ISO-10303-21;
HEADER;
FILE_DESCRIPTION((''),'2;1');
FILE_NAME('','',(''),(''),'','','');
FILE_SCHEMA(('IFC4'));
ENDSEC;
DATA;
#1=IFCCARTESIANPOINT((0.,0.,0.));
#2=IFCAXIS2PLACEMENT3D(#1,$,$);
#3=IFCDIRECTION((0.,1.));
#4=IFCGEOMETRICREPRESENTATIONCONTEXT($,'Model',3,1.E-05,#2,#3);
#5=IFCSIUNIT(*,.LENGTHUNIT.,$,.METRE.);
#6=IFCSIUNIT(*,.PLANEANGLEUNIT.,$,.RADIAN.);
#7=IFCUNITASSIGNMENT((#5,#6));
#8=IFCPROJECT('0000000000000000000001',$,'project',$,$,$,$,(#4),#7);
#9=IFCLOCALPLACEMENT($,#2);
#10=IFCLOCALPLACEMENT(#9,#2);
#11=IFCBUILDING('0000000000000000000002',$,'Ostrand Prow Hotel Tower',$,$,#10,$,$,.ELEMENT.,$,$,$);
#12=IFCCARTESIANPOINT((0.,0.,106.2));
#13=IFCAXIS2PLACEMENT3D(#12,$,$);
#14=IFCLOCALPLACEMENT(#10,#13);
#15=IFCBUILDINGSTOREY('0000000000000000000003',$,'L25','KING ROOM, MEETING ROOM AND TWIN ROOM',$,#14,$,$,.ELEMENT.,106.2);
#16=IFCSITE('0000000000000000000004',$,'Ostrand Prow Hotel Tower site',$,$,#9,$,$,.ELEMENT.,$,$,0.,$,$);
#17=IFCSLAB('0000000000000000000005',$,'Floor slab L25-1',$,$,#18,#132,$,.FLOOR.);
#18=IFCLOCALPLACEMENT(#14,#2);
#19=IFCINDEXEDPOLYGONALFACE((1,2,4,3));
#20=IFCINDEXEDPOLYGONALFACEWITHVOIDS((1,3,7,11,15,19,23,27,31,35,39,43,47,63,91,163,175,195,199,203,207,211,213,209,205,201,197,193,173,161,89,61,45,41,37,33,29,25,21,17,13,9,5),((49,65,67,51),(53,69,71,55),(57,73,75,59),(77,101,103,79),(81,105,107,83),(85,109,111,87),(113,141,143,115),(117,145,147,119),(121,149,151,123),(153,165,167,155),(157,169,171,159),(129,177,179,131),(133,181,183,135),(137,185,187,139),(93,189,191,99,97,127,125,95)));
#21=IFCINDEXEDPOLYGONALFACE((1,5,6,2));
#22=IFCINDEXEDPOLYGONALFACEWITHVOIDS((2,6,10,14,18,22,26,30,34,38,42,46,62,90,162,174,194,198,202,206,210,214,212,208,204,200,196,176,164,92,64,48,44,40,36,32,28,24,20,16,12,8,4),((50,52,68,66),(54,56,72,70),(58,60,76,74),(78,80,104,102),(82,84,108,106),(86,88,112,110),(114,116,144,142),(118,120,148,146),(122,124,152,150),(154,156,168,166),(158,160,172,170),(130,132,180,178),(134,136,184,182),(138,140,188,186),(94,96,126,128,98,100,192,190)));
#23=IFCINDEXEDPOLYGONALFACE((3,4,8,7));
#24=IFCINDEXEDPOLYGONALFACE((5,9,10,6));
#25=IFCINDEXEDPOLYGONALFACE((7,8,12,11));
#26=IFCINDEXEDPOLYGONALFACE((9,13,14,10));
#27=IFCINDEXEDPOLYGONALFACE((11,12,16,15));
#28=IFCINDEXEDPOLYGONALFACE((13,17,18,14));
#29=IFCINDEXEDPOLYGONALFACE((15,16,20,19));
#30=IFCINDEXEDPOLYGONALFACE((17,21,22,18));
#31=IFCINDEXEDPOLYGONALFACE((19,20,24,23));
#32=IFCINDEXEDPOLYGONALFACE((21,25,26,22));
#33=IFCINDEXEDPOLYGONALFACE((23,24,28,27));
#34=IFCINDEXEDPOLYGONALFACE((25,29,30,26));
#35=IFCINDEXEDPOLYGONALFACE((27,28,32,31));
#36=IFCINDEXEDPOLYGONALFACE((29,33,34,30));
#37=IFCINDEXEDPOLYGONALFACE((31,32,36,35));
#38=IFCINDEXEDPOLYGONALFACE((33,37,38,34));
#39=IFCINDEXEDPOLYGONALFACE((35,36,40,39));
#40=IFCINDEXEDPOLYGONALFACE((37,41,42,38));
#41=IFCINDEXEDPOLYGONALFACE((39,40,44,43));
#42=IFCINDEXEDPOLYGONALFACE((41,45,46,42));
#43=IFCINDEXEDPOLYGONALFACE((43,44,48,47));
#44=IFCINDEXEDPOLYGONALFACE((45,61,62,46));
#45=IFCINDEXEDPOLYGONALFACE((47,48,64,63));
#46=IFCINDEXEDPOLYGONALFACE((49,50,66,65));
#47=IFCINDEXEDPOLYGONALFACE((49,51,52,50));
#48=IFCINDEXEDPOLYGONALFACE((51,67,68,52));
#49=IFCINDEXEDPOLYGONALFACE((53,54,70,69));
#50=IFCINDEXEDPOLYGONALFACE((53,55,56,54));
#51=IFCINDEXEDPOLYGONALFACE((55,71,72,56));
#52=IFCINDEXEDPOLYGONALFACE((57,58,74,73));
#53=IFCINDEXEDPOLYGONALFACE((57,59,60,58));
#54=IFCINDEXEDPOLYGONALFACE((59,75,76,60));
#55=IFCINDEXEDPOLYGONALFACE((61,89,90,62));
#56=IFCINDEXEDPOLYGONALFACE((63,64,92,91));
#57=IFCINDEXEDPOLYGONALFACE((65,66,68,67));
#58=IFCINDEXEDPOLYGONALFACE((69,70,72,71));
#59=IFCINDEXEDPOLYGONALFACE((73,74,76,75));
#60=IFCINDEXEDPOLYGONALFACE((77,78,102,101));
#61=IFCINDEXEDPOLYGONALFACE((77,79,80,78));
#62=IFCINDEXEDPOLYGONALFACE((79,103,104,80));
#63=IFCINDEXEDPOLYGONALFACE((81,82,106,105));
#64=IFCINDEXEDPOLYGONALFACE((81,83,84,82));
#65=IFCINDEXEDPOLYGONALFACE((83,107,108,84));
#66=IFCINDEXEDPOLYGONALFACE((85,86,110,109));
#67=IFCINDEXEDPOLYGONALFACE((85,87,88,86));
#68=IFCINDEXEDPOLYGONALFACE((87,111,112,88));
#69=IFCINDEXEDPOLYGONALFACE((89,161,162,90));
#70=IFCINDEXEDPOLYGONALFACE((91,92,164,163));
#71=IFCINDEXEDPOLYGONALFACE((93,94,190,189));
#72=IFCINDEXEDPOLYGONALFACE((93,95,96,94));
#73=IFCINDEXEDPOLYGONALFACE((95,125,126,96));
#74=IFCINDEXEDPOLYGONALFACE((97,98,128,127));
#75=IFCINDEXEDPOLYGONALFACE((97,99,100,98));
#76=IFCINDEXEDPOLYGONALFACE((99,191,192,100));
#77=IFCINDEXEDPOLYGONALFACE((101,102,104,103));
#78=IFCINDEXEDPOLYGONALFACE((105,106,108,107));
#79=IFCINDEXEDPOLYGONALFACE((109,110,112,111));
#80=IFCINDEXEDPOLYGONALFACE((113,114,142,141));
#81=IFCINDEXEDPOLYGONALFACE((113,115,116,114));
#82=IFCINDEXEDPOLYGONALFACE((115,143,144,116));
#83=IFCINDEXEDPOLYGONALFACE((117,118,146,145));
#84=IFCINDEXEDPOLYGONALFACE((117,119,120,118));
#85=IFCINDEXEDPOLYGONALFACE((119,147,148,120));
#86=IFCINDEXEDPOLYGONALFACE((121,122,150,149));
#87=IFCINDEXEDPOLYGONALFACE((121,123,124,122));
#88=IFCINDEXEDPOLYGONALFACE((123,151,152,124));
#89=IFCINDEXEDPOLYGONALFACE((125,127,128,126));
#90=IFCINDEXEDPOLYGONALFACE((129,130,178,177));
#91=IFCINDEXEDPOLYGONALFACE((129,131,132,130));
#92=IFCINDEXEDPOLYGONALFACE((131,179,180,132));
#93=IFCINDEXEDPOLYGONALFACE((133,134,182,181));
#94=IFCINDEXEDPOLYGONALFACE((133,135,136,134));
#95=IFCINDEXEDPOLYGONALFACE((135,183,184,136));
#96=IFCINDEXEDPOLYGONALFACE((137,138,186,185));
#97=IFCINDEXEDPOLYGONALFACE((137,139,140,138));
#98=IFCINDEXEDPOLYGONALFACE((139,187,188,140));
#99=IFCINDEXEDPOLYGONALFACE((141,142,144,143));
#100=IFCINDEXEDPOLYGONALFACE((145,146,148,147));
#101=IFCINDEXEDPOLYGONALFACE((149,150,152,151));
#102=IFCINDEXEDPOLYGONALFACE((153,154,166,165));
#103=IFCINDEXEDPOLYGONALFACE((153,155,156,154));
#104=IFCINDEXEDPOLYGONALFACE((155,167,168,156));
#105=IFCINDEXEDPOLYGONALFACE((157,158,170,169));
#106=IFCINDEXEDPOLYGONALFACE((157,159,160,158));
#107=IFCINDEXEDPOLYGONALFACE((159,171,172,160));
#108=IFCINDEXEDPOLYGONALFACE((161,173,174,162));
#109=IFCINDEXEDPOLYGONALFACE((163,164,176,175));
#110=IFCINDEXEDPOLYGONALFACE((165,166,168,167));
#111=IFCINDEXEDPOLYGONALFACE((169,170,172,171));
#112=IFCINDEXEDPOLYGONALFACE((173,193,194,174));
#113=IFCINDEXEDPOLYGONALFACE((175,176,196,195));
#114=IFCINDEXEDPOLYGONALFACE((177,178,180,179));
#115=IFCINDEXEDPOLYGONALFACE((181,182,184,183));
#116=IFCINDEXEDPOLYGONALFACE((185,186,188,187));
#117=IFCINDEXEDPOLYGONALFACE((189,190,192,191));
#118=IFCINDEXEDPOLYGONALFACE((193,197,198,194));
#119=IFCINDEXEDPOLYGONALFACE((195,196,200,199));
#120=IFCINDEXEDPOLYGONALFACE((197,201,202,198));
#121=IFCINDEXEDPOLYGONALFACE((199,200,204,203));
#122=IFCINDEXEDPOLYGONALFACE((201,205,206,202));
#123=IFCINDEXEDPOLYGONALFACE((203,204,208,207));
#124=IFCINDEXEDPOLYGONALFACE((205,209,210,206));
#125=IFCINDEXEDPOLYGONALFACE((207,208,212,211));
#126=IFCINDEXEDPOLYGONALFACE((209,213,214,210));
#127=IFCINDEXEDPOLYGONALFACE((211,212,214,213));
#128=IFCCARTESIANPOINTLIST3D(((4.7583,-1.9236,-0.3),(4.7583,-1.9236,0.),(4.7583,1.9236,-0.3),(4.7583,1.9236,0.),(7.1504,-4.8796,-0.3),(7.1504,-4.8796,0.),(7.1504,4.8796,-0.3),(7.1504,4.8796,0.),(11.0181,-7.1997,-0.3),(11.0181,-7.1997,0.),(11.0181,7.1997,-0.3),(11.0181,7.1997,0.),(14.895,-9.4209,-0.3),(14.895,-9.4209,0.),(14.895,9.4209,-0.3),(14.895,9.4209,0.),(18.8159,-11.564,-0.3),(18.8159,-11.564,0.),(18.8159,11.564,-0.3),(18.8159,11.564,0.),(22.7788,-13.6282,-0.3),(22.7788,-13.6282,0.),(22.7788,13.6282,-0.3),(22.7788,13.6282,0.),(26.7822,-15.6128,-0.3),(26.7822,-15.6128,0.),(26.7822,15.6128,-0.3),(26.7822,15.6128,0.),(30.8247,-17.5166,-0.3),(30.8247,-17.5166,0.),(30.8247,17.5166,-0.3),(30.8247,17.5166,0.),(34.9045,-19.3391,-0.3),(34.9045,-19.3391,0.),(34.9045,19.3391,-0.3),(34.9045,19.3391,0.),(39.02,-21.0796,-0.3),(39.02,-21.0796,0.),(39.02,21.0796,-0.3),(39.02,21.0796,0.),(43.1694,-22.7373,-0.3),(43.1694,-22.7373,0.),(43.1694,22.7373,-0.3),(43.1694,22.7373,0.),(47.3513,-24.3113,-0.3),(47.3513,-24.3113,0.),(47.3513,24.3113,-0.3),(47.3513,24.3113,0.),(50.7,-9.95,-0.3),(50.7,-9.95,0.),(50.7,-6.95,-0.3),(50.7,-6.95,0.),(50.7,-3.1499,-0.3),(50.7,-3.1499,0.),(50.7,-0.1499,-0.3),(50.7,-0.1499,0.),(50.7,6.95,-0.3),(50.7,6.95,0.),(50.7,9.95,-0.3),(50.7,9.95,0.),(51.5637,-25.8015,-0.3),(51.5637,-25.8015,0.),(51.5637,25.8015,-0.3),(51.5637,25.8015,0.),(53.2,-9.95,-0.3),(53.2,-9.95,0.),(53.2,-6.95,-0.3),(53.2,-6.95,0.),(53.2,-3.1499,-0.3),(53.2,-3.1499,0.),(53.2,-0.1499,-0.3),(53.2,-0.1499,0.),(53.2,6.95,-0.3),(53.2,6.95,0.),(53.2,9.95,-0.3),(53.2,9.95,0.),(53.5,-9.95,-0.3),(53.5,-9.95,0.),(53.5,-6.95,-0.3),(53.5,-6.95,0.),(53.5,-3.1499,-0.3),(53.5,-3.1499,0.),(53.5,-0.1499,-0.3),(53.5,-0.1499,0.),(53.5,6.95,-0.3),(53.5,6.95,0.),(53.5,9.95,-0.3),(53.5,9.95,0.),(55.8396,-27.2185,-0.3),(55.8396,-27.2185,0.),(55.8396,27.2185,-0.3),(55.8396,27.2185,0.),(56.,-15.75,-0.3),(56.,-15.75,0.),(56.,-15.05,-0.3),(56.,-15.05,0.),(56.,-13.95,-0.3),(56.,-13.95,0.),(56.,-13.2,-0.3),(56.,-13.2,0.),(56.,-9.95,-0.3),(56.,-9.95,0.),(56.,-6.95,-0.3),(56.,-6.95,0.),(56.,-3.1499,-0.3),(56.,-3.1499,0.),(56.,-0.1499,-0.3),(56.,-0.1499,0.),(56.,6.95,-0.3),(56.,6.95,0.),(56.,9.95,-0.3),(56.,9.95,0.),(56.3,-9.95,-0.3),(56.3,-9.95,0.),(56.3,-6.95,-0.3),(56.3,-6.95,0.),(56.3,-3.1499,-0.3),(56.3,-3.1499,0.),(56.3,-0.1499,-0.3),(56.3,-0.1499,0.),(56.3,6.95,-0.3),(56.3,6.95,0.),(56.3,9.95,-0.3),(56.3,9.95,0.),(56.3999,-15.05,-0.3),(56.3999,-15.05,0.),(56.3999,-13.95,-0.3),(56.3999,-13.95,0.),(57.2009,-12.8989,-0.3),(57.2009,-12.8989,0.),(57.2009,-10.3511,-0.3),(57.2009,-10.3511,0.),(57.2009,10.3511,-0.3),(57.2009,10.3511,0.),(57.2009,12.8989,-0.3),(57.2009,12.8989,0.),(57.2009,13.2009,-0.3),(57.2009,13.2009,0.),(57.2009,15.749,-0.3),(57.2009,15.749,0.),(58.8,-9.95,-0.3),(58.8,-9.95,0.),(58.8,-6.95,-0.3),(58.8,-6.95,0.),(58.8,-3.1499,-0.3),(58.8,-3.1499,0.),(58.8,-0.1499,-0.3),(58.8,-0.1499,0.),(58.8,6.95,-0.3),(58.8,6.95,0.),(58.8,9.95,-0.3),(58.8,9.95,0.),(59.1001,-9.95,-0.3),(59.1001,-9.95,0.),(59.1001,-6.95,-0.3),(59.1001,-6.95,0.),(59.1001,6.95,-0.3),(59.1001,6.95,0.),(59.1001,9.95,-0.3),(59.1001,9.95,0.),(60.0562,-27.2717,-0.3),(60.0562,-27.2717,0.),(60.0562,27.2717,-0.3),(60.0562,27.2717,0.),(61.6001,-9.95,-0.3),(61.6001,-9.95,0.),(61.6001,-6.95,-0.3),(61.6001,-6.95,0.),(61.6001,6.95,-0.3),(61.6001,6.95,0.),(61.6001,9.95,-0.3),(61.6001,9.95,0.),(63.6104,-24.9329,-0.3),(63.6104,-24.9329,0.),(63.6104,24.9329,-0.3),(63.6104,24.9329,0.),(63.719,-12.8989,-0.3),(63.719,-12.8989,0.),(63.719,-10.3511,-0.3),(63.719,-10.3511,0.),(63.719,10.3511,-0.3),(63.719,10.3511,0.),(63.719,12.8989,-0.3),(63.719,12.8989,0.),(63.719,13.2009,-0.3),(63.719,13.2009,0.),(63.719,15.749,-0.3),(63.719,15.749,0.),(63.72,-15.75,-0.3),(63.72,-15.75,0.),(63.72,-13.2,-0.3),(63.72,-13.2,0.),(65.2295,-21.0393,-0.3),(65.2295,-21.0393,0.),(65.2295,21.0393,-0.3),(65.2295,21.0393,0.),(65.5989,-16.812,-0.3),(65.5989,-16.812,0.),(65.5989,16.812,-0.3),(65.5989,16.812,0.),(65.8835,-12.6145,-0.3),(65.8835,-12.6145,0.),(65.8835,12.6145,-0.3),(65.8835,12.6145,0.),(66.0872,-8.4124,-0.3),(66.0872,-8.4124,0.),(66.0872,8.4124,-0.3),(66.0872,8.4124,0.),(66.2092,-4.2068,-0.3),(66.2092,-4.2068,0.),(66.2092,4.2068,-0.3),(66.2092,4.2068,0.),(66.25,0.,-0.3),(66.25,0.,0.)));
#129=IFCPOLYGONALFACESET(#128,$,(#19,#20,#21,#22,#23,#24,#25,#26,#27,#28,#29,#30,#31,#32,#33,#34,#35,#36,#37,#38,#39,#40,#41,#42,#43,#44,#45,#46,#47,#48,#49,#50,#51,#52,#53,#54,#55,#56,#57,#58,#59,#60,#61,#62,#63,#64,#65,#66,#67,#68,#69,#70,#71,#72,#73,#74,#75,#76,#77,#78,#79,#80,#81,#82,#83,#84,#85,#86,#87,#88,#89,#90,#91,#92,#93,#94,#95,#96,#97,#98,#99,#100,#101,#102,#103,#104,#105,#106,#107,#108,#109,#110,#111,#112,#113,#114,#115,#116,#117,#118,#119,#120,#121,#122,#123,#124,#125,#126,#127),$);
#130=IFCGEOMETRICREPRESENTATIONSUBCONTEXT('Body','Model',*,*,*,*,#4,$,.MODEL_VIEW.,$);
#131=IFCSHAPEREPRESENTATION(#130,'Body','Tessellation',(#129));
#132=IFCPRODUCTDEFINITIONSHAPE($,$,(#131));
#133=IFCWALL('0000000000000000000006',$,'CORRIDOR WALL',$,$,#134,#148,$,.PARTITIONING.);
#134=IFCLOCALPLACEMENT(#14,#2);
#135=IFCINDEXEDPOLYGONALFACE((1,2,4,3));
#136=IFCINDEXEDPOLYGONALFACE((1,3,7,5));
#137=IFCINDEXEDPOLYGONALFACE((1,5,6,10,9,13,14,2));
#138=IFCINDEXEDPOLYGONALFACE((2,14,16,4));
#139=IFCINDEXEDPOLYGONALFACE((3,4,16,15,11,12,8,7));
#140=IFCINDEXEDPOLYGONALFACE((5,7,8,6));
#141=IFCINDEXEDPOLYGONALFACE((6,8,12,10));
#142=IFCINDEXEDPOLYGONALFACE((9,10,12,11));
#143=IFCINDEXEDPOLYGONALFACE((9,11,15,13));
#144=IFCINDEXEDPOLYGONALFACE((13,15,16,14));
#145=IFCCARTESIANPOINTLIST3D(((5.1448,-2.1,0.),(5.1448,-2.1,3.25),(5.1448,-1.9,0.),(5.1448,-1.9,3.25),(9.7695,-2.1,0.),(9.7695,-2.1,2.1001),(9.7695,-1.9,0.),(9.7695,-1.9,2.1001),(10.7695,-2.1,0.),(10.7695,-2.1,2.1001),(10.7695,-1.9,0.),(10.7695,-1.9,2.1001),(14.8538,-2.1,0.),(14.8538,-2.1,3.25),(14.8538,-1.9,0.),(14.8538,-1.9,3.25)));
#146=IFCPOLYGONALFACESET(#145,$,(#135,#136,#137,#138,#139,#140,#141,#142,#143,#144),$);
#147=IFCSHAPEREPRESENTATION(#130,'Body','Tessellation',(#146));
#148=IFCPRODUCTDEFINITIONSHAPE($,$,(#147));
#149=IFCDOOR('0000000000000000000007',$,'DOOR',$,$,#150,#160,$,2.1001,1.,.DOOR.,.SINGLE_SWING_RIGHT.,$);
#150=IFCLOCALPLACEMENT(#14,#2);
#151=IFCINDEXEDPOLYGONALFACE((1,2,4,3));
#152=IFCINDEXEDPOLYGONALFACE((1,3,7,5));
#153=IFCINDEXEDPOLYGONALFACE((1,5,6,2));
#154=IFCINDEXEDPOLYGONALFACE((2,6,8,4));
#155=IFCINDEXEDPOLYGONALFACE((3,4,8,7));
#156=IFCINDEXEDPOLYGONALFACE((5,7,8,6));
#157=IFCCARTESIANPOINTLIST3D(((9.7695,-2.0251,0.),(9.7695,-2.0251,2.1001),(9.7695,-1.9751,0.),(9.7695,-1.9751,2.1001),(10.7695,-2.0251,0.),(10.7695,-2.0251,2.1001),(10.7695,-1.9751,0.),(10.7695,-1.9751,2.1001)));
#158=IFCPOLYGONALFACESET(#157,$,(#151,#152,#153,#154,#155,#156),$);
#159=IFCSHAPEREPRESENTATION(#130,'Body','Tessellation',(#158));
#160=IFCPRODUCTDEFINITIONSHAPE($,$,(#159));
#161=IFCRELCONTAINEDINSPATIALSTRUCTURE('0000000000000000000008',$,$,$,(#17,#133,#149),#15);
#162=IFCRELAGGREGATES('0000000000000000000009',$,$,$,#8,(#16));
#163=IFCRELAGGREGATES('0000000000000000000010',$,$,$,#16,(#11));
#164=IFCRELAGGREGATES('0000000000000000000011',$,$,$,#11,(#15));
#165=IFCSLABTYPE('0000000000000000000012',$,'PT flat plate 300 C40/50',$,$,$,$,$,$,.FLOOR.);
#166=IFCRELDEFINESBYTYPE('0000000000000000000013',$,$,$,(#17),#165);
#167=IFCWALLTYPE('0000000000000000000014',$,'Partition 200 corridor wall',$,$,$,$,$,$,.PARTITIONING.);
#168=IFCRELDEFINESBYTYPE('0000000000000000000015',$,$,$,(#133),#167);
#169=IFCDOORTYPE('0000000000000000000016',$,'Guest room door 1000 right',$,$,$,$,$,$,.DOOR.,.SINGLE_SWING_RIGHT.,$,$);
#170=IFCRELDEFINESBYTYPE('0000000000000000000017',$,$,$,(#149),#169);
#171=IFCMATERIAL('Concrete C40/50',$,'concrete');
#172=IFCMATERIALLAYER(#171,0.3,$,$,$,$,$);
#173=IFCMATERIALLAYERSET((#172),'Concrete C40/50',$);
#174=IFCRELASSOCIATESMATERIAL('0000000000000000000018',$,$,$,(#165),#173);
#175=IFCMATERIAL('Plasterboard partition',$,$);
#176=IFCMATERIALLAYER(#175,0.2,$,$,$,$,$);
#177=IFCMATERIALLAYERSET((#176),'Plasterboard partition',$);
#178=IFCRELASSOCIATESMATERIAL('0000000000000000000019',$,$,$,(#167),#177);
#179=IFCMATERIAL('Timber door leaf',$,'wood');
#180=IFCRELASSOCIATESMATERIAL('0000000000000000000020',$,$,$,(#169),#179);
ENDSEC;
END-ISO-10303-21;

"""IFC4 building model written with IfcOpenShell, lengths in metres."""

from ifc_helpers import new_model, si_unit, direction, frame, frame_2d, origin, place, context, subcontext, project, spatial, polyline, rectangle, outline, extrude, material, layer, layer_set, type_object, element, fill, save


model = new_model("IFC4")

# Units and contexts
model_context = context("Model", 3, precision=1e-05, world=origin(), true_north=direction((0.0, 1.0)))
body_context = subcontext(model_context, "Body", "Model", "MODEL_VIEW")
ifc_project = project(units=[si_unit("LENGTHUNIT", "METRE"), si_unit("PLANEANGLEUNIT", "RADIAN")], contexts=[model_context])

# Site, building, storey
site_placement = place(None, origin())
site = spatial("IfcSite", under=ifc_project, at=site_placement, Name="Ostrand Prow Hotel Tower site", CompositionType="ELEMENT", RefElevation=0.0)
building_placement = place(site_placement, origin())
building = spatial("IfcBuilding", under=site, at=building_placement, Name="Ostrand Prow Hotel Tower", CompositionType="ELEMENT")
storey_placement = place(building_placement, frame((0.0, 0.0, 106.2)))
storey = spatial("IfcBuildingStorey", under=building, at=storey_placement, Name="L25", Description="KING ROOM, MEETING ROOM AND TWIN ROOM", CompositionType="ELEMENT", Elevation=106.2)

# Slab, opening
ifc_material_1 = material(Name="Concrete C40/50", Category="concrete")
ifc_layer_1 = layer(ifc_material_1, 0.3)
ifc_layer_set_1 = layer_set([ifc_layer_1], Name="Concrete C40/50")
slab_type = type_object("IfcSlabType", Name="PT flat plate 300 C40/50", PredefinedType="FLOOR", material=ifc_layer_set_1)
slab_placement = place(storey_placement, frame((0.0, 0.0, -0.3)))
slab = element("IfcSlab", 1, at=slab_placement, inside=storey, type_object=slab_type, Name="Floor slab L25-1", PredefinedType="FLOOR", context=body_context, shape_type="SweptSolid", body=[
    extrude(outline(polyline([(7.1504, 4.8796), (11.0181, 7.1997), (14.895, 9.4209), (18.8159, 11.564), (22.7788, 13.6282), (26.7822, 15.6128), (30.8247, 17.5166), (34.9045, 19.3391), (39.02, 21.0796), (43.1694, 22.7373), (47.3513, 24.3113), (51.5637, 25.8015), (55.8396, 27.2185), (60.0562, 27.2717), (63.6104, 24.9329), (65.2295, 21.0393), (65.5989, 16.812), (65.8835, 12.6145), (66.0872, 8.4124), (66.2092, 4.2068), (66.25, 0.0), (66.2092, -4.2068), (66.0872, -8.4124), (65.8835, -12.6145), (65.5989, -16.812), (65.2295, -21.0393), (63.6104, -24.9329), (60.0562, -27.2717), (55.8396, -27.2185), (51.5637, -25.8015), (47.3513, -24.3113), (43.1694, -22.7373), (39.02, -21.0796), (34.9045, -19.3391), (30.8247, -17.5166), (26.7822, -15.6128), (22.7788, -13.6282), (18.8159, -11.564), (14.895, -9.4209), (11.0181, -7.1997), (7.1504, -4.8796), (4.7583, -1.9236), (4.7583, 1.9236), (7.1504, 4.8796)]), holes=[polyline([(50.7, 6.95), (53.2, 6.95), (53.2, 9.95), (50.7, 9.95), (50.7, 6.95)]), polyline([(53.5, 6.95), (56.0, 6.95), (56.0, 9.95), (53.5, 9.95), (53.5, 6.95)]), polyline([(56.3, 6.95), (58.8, 6.95), (58.8, 9.95), (56.3, 9.95), (56.3, 6.95)]), polyline([(59.1001, 6.95), (61.6001, 6.95), (61.6001, 9.95), (59.1001, 9.95), (59.1001, 6.95)]), polyline([(50.7, -3.1499), (53.2, -3.1499), (53.2, -0.1499), (50.7, -0.1499), (50.7, -3.1499)]), polyline([(53.5, -3.1499), (56.0, -3.1499), (56.0, -0.1499), (53.5, -0.1499), (53.5, -3.1499)]), polyline([(56.3, -3.1499), (58.8, -3.1499), (58.8, -0.1499), (56.3, -0.1499), (56.3, -3.1499)]), polyline([(50.7, -9.95), (53.2, -9.95), (53.2, -6.95), (50.7, -6.95), (50.7, -9.95)]), polyline([(53.5, -9.95), (56.0, -9.95), (56.0, -6.95), (53.5, -6.95), (53.5, -9.95)]), polyline([(56.3, -9.95), (58.8, -9.95), (58.8, -6.95), (56.3, -6.95), (56.3, -9.95)]), polyline([(59.1001, -9.95), (61.6001, -9.95), (61.6001, -6.95), (59.1001, -6.95), (59.1001, -9.95)]), polyline([(57.2009, 10.3511), (57.2009, 12.8989), (63.719, 12.8989), (63.719, 10.3511), (57.2009, 10.3511)]), polyline([(57.2009, 13.2009), (57.2009, 15.749), (63.719, 15.749), (63.719, 13.2009), (57.2009, 13.2009)]), polyline([(57.2009, -12.8989), (57.2009, -10.3511), (63.719, -10.3511), (63.719, -12.8989), (57.2009, -12.8989)]), polyline([(56.0, -13.2), (63.72, -13.2), (63.72, -15.75), (56.0, -15.75), (56.0, -15.05), (56.3999, -15.05), (56.3999, -13.95), (56.0, -13.95), (56.0, -13.2)])]), origin(), (0.0, 0.0, 1.0), 0.3),
])
opening_1_placement = place(slab_placement, origin())
element("IfcOpeningElement", 2, at=opening_1_placement, cuts=slab, PredefinedType="OPENING", context=body_context, shape_type="SweptSolid", body=[
    extrude(outline(polyline([(56.0, -13.2), (63.72, -13.2), (63.72, -15.75), (56.0, -15.75), (56.0, -15.05), (56.3999, -15.05), (56.3999, -13.95), (56.0, -13.95), (56.0, -13.2)])), origin(), (0.0, 0.0, 1.0), 0.3),
])

# Wall, opening, door
ifc_material_2 = material(Name="Plasterboard partition")
ifc_layer_2 = layer(ifc_material_2, 0.2)
ifc_layer_set_2 = layer_set([ifc_layer_2], Name="Plasterboard partition")
wall_type_1 = type_object("IfcWallType", Name="Partition 200 corridor wall", PredefinedType="PARTITIONING", material=ifc_layer_set_2)
wall_1_placement = place(storey_placement, frame((5.1448, -2.0, 0.0), z_axis=(0.0, 0.0, 1.0), x_axis=(1.0, 0.0, 0.0)))
wall_1 = element("IfcWall", 3, at=wall_1_placement, inside=storey, type_object=wall_type_1, Name="CORRIDOR WALL", PredefinedType="PARTITIONING", context=body_context, shape_type="SweptSolid", body=[
    extrude(rectangle(XDim=9.709, YDim=0.2, at=frame_2d((4.8545, 0.0))), origin(), (0.0, 0.0, 1.0), 3.25),
])
opening_2_placement = place(wall_1_placement, frame((4.6248, 0.0, 0.0)))
opening_2 = element("IfcOpeningElement", 4, at=opening_2_placement, cuts=wall_1, PredefinedType="OPENING", context=body_context, shape_type="SweptSolid", body=[
    extrude(rectangle(XDim=1.0, YDim=2.1001, at=frame_2d((0.5, 1.05))), frame((0.0, 0.1099, 0.0), z_axis=(0.0, -1.0, 0.0), x_axis=(1.0, 0.0, 0.0)), (0.0, 0.0, 1.0), 0.22),
])
ifc_material_3 = material(Name="Timber door leaf", Category="wood")
door_type = type_object("IfcDoorType", Name="Guest room door 1000 right", OperationType="SINGLE_SWING_RIGHT", PredefinedType="DOOR", material=ifc_material_3)
door_placement = place(opening_2_placement, origin())
door = element("IfcDoor", 5, at=door_placement, inside=storey, type_object=door_type, Name="DOOR", OperationType="SINGLE_SWING_RIGHT", OverallHeight=2.1001, OverallWidth=1.0, PredefinedType="DOOR", context=body_context, shape_type="SweptSolid", body=[
    extrude(rectangle(XDim=1.0, YDim=2.1001, at=frame_2d((0.5, 1.05))), frame((0.0, 0.0249, 0.0), z_axis=(0.0, -1.0, 0.0), x_axis=(1.0, 0.0, 0.0)), (0.0, 0.0, 1.0), 0.05),
])
fill(opening_2, door)

save(model, "model.ifc")
